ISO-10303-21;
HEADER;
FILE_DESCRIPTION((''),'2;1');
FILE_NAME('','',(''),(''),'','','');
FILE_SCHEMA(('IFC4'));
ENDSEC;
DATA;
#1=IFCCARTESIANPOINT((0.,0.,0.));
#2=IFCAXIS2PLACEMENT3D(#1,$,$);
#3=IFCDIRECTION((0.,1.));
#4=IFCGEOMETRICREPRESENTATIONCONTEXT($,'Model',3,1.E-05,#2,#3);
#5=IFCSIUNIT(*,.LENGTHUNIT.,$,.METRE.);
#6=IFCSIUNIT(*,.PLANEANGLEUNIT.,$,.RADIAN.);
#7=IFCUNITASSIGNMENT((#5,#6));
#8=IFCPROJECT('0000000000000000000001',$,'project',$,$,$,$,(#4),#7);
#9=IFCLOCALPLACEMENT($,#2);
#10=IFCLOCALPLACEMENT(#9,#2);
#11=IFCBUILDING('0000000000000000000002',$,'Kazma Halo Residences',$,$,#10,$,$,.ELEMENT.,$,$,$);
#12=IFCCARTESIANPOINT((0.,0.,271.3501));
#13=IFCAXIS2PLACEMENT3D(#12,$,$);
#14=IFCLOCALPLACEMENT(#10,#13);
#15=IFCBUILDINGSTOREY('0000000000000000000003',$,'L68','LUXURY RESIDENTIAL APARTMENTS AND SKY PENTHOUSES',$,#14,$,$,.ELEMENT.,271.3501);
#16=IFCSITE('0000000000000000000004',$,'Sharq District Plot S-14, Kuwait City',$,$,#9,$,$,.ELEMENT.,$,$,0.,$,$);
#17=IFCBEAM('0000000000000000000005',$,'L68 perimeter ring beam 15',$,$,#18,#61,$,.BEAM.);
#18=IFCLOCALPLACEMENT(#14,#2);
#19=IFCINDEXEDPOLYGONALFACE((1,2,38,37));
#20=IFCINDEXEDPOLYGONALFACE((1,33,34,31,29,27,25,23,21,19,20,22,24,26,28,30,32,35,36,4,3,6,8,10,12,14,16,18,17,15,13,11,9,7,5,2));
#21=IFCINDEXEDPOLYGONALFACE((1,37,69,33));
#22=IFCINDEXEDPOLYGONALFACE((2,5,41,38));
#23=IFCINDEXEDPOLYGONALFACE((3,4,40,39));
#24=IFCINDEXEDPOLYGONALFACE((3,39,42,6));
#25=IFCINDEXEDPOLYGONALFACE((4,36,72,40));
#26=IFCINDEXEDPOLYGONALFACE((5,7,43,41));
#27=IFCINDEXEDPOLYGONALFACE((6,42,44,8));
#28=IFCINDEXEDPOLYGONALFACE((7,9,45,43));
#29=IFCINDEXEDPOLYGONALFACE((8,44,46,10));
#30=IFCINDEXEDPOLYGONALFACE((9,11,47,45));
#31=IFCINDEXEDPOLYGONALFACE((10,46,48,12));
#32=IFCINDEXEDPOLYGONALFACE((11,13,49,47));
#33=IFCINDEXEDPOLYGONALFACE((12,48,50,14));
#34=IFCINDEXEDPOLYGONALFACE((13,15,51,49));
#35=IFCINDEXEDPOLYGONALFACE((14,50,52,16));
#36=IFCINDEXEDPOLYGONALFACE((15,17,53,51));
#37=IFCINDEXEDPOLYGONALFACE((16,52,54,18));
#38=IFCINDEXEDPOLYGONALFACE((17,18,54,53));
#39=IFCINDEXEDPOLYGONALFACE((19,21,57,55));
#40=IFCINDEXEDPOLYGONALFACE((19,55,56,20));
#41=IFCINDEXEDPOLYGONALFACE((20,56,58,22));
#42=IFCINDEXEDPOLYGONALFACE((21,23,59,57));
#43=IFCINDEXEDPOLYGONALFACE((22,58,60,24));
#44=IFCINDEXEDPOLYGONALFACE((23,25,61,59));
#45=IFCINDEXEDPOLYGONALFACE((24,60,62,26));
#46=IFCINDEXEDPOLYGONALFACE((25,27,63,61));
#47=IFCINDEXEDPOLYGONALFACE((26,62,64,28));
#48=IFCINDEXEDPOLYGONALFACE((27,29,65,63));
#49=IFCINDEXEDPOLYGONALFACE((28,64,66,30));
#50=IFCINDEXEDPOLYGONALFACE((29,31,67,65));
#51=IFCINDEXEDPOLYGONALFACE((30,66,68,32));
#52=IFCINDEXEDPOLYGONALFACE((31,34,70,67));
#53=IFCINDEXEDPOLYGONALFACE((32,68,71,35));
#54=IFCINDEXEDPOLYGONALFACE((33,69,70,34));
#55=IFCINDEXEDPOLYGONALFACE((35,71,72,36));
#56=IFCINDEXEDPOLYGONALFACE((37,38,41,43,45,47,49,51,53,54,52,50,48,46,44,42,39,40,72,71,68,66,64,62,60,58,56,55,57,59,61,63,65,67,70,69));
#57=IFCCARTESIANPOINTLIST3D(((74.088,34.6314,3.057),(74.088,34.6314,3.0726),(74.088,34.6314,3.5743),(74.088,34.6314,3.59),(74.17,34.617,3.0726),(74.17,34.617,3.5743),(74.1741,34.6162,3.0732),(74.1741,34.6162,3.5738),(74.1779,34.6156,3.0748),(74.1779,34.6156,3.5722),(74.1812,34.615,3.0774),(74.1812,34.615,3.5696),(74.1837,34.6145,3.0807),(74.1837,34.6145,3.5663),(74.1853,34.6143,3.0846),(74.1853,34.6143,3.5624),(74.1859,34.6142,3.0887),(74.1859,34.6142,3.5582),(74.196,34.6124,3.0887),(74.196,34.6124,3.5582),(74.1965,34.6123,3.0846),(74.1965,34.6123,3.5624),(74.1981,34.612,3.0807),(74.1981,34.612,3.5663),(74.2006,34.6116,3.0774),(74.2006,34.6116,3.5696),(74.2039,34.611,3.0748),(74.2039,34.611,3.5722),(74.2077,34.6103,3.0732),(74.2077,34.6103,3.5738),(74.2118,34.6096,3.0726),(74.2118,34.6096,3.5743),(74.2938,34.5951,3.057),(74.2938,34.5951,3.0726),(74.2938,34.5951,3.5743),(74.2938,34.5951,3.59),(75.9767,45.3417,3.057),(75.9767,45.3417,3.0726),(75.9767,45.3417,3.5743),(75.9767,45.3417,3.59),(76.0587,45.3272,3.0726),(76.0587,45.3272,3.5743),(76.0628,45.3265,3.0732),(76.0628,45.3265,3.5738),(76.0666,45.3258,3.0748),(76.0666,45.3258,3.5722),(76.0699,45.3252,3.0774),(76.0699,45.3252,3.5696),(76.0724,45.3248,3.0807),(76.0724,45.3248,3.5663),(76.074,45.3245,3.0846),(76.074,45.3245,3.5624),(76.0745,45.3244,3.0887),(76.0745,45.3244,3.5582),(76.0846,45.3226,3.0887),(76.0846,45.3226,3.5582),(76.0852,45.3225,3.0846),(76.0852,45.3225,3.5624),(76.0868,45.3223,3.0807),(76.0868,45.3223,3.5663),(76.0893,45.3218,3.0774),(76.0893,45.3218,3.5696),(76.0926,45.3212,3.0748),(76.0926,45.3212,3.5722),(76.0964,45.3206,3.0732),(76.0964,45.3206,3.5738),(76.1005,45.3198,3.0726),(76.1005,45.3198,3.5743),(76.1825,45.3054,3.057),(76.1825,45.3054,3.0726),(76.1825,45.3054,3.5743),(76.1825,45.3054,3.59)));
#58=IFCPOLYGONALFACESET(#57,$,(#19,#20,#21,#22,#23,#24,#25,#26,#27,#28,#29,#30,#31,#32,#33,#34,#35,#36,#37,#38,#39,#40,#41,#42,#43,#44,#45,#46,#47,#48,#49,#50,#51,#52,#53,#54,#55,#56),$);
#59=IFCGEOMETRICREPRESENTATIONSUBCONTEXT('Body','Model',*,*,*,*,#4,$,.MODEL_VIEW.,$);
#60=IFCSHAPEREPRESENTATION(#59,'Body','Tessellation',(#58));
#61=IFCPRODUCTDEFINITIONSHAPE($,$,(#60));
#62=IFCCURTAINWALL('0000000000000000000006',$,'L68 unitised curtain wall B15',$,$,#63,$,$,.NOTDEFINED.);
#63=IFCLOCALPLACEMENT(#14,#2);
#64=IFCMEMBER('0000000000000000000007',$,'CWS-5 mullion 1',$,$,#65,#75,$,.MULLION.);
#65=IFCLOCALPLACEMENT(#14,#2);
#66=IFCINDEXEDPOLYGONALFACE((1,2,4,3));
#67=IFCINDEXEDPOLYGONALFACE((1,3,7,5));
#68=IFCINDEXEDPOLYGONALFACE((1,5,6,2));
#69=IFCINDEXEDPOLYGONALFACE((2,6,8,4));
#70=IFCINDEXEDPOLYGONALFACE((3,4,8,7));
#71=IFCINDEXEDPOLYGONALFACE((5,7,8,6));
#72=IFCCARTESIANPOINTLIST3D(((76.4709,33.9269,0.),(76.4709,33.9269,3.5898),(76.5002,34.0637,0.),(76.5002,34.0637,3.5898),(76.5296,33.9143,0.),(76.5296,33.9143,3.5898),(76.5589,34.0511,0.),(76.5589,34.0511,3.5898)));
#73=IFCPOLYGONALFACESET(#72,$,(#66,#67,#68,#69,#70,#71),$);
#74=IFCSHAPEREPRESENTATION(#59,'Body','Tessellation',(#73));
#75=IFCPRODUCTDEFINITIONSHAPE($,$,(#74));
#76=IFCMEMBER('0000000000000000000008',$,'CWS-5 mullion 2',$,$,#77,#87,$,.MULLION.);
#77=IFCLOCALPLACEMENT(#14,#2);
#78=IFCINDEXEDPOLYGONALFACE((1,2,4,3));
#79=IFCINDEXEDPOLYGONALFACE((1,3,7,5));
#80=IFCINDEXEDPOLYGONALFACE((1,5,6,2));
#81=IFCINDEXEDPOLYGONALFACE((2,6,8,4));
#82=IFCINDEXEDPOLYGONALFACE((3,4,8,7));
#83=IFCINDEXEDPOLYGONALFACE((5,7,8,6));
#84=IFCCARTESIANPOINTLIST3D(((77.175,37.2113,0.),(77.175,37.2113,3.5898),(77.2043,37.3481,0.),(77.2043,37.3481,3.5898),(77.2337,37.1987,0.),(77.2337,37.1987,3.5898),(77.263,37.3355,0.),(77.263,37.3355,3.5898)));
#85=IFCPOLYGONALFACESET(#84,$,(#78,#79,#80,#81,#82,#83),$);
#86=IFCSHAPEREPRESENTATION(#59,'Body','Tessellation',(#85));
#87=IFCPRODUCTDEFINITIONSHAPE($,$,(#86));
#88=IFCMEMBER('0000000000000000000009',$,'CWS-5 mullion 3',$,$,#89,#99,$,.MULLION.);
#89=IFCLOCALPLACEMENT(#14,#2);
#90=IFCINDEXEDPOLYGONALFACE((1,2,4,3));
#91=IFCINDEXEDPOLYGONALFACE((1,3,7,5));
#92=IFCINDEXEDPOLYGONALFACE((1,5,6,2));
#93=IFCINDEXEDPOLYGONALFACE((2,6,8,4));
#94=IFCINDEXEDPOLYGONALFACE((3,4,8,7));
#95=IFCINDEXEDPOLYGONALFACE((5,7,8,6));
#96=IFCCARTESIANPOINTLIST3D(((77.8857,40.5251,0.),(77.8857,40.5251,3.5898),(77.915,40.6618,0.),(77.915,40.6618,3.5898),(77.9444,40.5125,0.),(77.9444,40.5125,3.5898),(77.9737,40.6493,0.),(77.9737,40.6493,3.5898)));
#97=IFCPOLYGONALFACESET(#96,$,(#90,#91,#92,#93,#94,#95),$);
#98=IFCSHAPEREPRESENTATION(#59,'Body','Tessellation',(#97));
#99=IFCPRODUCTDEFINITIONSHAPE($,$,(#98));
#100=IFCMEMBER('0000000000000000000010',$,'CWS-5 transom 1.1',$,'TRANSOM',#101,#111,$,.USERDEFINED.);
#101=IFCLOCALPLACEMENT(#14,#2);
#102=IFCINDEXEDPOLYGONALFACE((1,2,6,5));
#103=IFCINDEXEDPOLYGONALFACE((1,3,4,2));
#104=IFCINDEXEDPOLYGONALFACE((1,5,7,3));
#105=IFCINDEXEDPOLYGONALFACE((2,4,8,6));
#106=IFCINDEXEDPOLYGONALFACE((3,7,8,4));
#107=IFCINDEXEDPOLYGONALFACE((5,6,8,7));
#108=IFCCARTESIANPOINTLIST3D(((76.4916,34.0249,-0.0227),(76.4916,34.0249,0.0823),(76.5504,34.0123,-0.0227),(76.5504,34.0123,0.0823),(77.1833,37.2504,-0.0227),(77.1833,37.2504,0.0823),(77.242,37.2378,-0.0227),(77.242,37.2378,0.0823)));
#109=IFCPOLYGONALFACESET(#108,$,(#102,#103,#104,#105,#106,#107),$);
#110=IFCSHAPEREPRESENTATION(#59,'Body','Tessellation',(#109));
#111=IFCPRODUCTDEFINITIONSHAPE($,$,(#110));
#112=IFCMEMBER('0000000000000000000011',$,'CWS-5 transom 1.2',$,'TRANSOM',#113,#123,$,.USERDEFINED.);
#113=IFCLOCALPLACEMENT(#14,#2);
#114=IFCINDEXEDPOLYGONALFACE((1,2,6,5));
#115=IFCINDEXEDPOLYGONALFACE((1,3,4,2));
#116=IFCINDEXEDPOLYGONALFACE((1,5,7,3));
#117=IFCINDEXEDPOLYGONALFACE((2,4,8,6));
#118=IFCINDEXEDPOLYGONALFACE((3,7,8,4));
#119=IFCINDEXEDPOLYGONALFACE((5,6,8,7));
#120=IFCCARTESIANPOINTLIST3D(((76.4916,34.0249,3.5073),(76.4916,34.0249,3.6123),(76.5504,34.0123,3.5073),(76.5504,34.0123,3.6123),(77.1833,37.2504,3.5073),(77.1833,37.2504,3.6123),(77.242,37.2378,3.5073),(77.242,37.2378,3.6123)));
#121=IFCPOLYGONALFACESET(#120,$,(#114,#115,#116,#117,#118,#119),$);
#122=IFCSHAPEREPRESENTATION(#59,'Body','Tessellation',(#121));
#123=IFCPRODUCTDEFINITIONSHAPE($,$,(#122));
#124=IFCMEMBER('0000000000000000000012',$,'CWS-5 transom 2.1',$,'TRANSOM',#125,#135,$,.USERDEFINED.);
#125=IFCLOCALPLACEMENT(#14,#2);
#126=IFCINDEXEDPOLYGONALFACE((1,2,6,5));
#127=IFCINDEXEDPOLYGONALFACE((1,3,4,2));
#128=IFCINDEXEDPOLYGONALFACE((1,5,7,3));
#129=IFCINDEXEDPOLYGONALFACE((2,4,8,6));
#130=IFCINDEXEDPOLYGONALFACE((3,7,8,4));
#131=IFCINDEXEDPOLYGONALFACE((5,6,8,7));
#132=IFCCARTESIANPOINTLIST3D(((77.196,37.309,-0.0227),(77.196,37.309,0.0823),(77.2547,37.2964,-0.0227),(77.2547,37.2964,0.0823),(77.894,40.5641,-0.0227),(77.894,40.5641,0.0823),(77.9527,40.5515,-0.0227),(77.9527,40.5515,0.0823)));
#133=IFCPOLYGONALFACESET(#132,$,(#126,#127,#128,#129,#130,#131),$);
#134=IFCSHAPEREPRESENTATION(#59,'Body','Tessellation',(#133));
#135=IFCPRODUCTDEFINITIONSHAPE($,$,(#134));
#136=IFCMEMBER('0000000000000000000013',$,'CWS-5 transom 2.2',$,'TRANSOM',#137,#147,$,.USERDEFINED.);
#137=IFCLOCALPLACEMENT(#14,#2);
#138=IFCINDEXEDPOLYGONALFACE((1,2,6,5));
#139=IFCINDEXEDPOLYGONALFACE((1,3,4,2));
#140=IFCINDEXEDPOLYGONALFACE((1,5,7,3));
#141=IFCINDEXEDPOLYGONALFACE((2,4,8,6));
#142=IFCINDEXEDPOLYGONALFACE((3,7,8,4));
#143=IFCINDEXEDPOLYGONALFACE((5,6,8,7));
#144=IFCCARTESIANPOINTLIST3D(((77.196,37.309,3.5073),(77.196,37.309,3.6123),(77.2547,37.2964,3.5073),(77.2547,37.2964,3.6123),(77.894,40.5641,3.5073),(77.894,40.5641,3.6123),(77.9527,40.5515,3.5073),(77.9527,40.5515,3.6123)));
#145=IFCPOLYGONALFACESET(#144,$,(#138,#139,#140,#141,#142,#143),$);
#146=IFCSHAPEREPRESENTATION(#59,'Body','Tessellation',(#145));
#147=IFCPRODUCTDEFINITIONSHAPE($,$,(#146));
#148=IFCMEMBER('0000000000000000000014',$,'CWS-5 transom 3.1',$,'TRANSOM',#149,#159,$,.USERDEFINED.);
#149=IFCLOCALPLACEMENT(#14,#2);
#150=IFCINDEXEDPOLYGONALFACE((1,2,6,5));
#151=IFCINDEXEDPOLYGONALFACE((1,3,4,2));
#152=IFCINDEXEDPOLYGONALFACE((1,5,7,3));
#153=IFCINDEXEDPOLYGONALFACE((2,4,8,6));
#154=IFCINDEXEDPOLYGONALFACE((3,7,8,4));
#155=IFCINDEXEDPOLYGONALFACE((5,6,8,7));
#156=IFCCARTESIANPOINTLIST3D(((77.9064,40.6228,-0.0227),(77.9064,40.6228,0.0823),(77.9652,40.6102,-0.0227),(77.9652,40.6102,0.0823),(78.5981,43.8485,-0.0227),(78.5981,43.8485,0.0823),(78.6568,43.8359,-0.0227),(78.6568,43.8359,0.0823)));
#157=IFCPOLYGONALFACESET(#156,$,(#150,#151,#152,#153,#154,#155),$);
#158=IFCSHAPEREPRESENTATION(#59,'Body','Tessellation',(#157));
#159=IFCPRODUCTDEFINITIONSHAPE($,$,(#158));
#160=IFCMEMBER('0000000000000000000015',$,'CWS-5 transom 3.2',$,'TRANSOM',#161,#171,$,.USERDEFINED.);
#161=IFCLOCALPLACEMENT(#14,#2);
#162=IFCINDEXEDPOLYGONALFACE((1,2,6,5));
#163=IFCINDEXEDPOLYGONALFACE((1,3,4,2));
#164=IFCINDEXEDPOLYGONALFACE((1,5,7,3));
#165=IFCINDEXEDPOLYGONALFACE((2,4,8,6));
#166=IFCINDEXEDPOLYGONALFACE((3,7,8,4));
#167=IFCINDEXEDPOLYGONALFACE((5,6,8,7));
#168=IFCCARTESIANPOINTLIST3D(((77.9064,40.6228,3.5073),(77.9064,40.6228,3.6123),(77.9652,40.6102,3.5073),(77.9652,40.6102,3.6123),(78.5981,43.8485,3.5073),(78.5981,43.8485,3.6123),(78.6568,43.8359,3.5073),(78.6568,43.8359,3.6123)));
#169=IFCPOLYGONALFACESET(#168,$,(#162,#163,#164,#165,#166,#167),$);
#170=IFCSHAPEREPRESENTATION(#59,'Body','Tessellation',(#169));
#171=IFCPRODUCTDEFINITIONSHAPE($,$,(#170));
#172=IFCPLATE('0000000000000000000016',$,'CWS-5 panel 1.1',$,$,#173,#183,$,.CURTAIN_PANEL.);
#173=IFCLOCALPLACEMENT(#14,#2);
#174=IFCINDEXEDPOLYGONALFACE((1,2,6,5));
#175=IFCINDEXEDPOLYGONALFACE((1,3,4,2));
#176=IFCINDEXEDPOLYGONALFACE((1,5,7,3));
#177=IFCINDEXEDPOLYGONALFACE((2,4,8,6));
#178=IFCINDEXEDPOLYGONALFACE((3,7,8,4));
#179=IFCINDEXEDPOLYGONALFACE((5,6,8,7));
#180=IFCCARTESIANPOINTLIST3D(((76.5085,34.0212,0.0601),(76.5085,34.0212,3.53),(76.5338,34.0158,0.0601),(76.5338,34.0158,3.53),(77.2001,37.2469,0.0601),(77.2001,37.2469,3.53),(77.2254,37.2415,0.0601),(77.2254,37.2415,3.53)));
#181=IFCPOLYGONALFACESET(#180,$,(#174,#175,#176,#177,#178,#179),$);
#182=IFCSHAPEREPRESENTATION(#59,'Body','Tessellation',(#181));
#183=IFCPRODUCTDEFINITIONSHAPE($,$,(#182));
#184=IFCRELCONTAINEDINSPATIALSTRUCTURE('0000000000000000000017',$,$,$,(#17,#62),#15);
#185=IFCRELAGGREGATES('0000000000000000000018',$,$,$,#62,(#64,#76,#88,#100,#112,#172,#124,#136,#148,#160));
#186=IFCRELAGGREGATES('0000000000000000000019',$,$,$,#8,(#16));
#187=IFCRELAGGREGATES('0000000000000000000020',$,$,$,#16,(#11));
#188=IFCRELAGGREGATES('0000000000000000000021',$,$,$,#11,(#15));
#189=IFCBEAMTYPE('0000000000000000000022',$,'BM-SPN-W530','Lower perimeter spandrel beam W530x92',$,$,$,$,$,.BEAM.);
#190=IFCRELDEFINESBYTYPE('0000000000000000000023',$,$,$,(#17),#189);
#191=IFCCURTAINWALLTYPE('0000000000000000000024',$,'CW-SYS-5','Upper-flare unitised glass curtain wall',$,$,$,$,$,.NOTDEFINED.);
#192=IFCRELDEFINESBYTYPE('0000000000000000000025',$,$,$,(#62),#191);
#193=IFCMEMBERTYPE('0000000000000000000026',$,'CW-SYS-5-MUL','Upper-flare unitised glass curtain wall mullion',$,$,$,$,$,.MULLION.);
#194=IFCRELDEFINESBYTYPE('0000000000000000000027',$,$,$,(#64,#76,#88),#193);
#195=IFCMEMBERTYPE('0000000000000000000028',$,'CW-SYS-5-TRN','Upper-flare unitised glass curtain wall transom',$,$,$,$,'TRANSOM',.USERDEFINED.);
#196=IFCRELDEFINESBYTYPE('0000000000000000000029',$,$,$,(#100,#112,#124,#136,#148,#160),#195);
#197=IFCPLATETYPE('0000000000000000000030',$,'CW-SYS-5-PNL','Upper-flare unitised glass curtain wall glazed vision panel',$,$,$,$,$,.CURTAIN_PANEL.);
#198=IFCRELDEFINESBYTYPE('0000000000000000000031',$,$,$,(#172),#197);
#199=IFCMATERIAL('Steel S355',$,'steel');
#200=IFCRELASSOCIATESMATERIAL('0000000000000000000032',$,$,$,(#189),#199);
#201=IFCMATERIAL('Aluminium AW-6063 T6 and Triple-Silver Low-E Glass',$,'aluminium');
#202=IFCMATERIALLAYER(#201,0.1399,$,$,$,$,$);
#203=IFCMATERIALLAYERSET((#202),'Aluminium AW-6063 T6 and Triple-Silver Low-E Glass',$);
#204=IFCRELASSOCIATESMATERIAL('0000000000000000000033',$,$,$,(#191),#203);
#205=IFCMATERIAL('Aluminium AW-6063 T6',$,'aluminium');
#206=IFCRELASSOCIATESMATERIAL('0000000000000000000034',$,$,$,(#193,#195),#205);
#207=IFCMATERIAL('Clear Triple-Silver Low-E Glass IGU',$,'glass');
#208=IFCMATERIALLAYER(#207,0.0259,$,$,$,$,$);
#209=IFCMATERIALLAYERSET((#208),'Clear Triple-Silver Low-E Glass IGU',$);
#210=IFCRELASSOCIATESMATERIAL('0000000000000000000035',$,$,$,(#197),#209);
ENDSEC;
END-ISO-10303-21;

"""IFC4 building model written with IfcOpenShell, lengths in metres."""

from ifc_helpers import new_model, si_unit, direction, frame, origin, origin_2d, place, context, subcontext, project, spatial, rectangle, i_section, extrude, material, layer, layer_set, material_profile, profile_set, type_object, element, aggregate, save


model = new_model("IFC4")

# Units and contexts
model_context = context("Model", 3, precision=1e-05, world=origin(), true_north=direction((0.0, 1.0)))
body_context = subcontext(model_context, "Body", "Model", "MODEL_VIEW")
ifc_project = project(units=[si_unit("LENGTHUNIT", "METRE"), si_unit("PLANEANGLEUNIT", "RADIAN")], contexts=[model_context])

# Site, building, storey
site_placement = place(None, origin())
site = spatial("IfcSite", under=ifc_project, at=site_placement, Name="Sharq District Plot S-14, Kuwait City", CompositionType="ELEMENT", RefElevation=0.0)
building_placement = place(site_placement, origin())
building = spatial("IfcBuilding", under=site, at=building_placement, Name="Kazma Halo Residences", CompositionType="ELEMENT")
storey_placement = place(building_placement, frame((0.0, 0.0, 271.3501)))
storey = spatial("IfcBuildingStorey", under=building, at=storey_placement, Name="L68", Description="LUXURY RESIDENTIAL APARTMENTS AND SKY PENTHOUSES", CompositionType="ELEMENT", Elevation=271.3501)

# Beam
ifc_material_1 = material(Name="Steel S355", Category="steel")
ifc_material_profile_1 = material_profile(ifc_material_1, i_section(OverallWidth=0.209, OverallDepth=0.533, WebThickness=0.0103, FlangeThickness=0.0156, FilletRadius=0.0161, at=origin_2d()), Name="W530x92")
ifc_profile_set_1 = profile_set([ifc_material_profile_1], Name="Steel S355")
beam_type_1 = type_object("IfcBeamType", Name="BM-SPN-W530", Description="Lower perimeter spandrel beam W530x92", PredefinedType="BEAM", material=ifc_profile_set_1)
beam_1_placement = place(storey_placement, frame((74.1909, 34.6133, 3.3235), z_axis=(0.173664, 0.984805, 0.0), x_axis=(-0.984805, 0.173664, 0.0)))
element("IfcBeam", 1, at=beam_1_placement, inside=storey, type_object=beam_type_1, Name="L68 perimeter ring beam 15", PredefinedType="BEAM", context=body_context, shape_type="SweptSolid", body=[
    extrude(i_section(OverallWidth=0.209, OverallDepth=0.533, WebThickness=0.0103, FlangeThickness=0.0156, FilletRadius=0.0161, at=origin_2d()), origin(), (0.0, 0.0, 1.0), 10.8755),
])

# Curtain wall, members, plate
ifc_material_2 = material(Name="Aluminium AW-6063 T6 and Triple-Silver Low-E Glass", Category="aluminium")
ifc_layer_1 = layer(ifc_material_2, 0.1399)
ifc_layer_set_1 = layer_set([ifc_layer_1], Name="Aluminium AW-6063 T6 and Triple-Silver Low-E Glass")
curtain_wall_type = type_object("IfcCurtainWallType", Name="CW-SYS-5", Description="Upper-flare unitised glass curtain wall", PredefinedType="NOTDEFINED", material=ifc_layer_set_1)
curtain_wall_placement = place(storey_placement, origin())
curtain_wall = element("IfcCurtainWall", 2, at=curtain_wall_placement, inside=storey, type_object=curtain_wall_type, Name="L68 unitised curtain wall B15", PredefinedType="NOTDEFINED")
ifc_material_3 = material(Name="Aluminium AW-6063 T6", Category="aluminium")
ifc_material_profile_2 = material_profile(ifc_material_3, rectangle(XDim=0.0601, YDim=0.1399, at=origin_2d()), Name="CWM-60x140")
ifc_profile_set_2 = profile_set([ifc_material_profile_2], Name="Aluminium AW-6063 T6")
member_type_1 = type_object("IfcMemberType", Name="CW-SYS-5-MUL", Description="Upper-flare unitised glass curtain wall mullion", PredefinedType="MULLION", material=ifc_profile_set_2)
member_1_placement = place(storey_placement, frame((76.5149, 33.989, 0.0), z_axis=(0.0, 0.0, 1.0), x_axis=(-0.977775, 0.209657, 0.0)))
member_1 = element("IfcMember", 3, at=member_1_placement, type_object=member_type_1, Name="CWS-5 mullion 1", PredefinedType="MULLION", context=body_context, shape_type="SweptSolid", body=[
    extrude(rectangle(XDim=0.0601, YDim=0.1399, at=origin_2d()), origin(), (0.0, 0.0, 1.0), 3.5898),
])
member_2_placement = place(storey_placement, frame((77.219, 37.2734, 0.0), z_axis=(0.0, 0.0, 1.0), x_axis=(-0.977775, 0.209657, 0.0)))
member_2 = element("IfcMember", 4, at=member_2_placement, type_object=member_type_1, Name="CWS-5 mullion 2", PredefinedType="MULLION", context=body_context, shape_type="SweptSolid", body=[
    extrude(rectangle(XDim=0.0601, YDim=0.1399, at=origin_2d()), origin(), (0.0, 0.0, 1.0), 3.5898),
])
member_3_placement = place(storey_placement, frame((77.9297, 40.5872, 0.0), z_axis=(0.0, 0.0, 1.0), x_axis=(-0.977775, 0.209657, 0.0)))
member_3 = element("IfcMember", 5, at=member_3_placement, type_object=member_type_1, Name="CWS-5 mullion 3", PredefinedType="MULLION", context=body_context, shape_type="SweptSolid", body=[
    extrude(rectangle(XDim=0.0601, YDim=0.1399, at=origin_2d()), origin(), (0.0, 0.0, 1.0), 3.5898),
])
ifc_material_profile_3 = material_profile(ifc_material_3, rectangle(XDim=0.0601, YDim=0.105, at=origin_2d()), Name="CWT-60x105")
ifc_profile_set_3 = profile_set([ifc_material_profile_3], Name="Aluminium AW-6063 T6")
member_type_2 = type_object("IfcMemberType", Name="CW-SYS-5-TRN", Description="Upper-flare unitised glass curtain wall transom", ElementType="TRANSOM", PredefinedType="USERDEFINED", material=ifc_profile_set_3)
member_4_placement = place(storey_placement, frame((76.521, 34.0186, 0.0298), z_axis=(0.20966, 0.977774, 0.0), x_axis=(-0.977774, 0.20966, 0.0)))
member_4 = element("IfcMember", 6, at=member_4_placement, type_object=member_type_2, Name="CWS-5 transom 1.1", ObjectType="TRANSOM", PredefinedType="USERDEFINED", context=body_context, shape_type="SweptSolid", body=[
    extrude(rectangle(XDim=0.0601, YDim=0.105, at=origin_2d()), origin(), (0.0, 0.0, 1.0), 3.2988),
])
member_5_placement = place(storey_placement, frame((76.521, 34.0186, 3.5598), z_axis=(0.20966, 0.977774, 0.0), x_axis=(-0.977774, 0.20966, 0.0)))
member_5 = element("IfcMember", 7, at=member_5_placement, type_object=member_type_2, Name="CWS-5 transom 1.2", ObjectType="TRANSOM", PredefinedType="USERDEFINED", context=body_context, shape_type="SweptSolid", body=[
    extrude(rectangle(XDim=0.0601, YDim=0.105, at=origin_2d()), origin(), (0.0, 0.0, 1.0), 3.2988),
])
member_6_placement = place(storey_placement, frame((77.2253, 37.3027, 0.0298), z_axis=(0.209664, 0.977773, 0.0), x_axis=(-0.977773, 0.209664, 0.0)))
member_6 = element("IfcMember", 8, at=member_6_placement, type_object=member_type_2, Name="CWS-5 transom 2.1", ObjectType="TRANSOM", PredefinedType="USERDEFINED", context=body_context, shape_type="SweptSolid", body=[
    extrude(rectangle(XDim=0.0601, YDim=0.105, at=origin_2d()), origin(), (0.0, 0.0, 1.0), 3.3291),
])
member_7_placement = place(storey_placement, frame((77.2253, 37.3027, 3.5598), z_axis=(0.209664, 0.977773, 0.0), x_axis=(-0.977773, 0.209664, 0.0)))
member_7 = element("IfcMember", 9, at=member_7_placement, type_object=member_type_2, Name="CWS-5 transom 2.2", ObjectType="TRANSOM", PredefinedType="USERDEFINED", context=body_context, shape_type="SweptSolid", body=[
    extrude(rectangle(XDim=0.0601, YDim=0.105, at=origin_2d()), origin(), (0.0, 0.0, 1.0), 3.3291),
])
member_8_placement = place(storey_placement, frame((77.9358, 40.6165, 0.0298), z_axis=(0.209645, 0.977777, 0.0), x_axis=(-0.977777, 0.209645, 0.0)))
member_8 = element("IfcMember", 10, at=member_8_placement, type_object=member_type_2, Name="CWS-5 transom 3.1", ObjectType="TRANSOM", PredefinedType="USERDEFINED", context=body_context, shape_type="SweptSolid", body=[
    extrude(rectangle(XDim=0.0601, YDim=0.105, at=origin_2d()), origin(), (0.0, 0.0, 1.0), 3.2991),
])
member_9_placement = place(storey_placement, frame((77.9358, 40.6165, 3.5598), z_axis=(0.209645, 0.977777, 0.0), x_axis=(-0.977777, 0.209645, 0.0)))
member_9 = element("IfcMember", 11, at=member_9_placement, type_object=member_type_2, Name="CWS-5 transom 3.2", ObjectType="TRANSOM", PredefinedType="USERDEFINED", context=body_context, shape_type="SweptSolid", body=[
    extrude(rectangle(XDim=0.0601, YDim=0.105, at=origin_2d()), origin(), (0.0, 0.0, 1.0), 3.2991),
])
ifc_material_4 = material(Name="Clear Triple-Silver Low-E Glass IGU", Category="glass")
ifc_layer_2 = layer(ifc_material_4, 0.0259)
ifc_layer_set_2 = layer_set([ifc_layer_2], Name="Clear Triple-Silver Low-E Glass IGU")
plate_type = type_object("IfcPlateType", Name="CW-SYS-5-PNL", Description="Upper-flare unitised glass curtain wall glazed vision panel", PredefinedType="CURTAIN_PANEL", material=ifc_layer_set_2)
plate_1_placement = place(storey_placement, frame((76.8669, 35.6313, 0.0601), z_axis=(0.0, 0.0, 1.0), x_axis=(0.209657, 0.977775, 0.0)))
plate_1 = element("IfcPlate", 12, at=plate_1_placement, type_object=plate_type, Name="CWS-5 panel 1.1", PredefinedType="CURTAIN_PANEL", context=body_context, shape_type="SweptSolid", body=[
    extrude(rectangle(XDim=3.2991, YDim=0.0259, at=origin_2d()), origin(), (0.0, 0.0, 1.0), 3.47),
])
aggregate(curtain_wall, [member_1, member_2, member_3, member_4, member_5, plate_1, member_6, member_7, member_8, member_9])

save(model, "model.ifc")
